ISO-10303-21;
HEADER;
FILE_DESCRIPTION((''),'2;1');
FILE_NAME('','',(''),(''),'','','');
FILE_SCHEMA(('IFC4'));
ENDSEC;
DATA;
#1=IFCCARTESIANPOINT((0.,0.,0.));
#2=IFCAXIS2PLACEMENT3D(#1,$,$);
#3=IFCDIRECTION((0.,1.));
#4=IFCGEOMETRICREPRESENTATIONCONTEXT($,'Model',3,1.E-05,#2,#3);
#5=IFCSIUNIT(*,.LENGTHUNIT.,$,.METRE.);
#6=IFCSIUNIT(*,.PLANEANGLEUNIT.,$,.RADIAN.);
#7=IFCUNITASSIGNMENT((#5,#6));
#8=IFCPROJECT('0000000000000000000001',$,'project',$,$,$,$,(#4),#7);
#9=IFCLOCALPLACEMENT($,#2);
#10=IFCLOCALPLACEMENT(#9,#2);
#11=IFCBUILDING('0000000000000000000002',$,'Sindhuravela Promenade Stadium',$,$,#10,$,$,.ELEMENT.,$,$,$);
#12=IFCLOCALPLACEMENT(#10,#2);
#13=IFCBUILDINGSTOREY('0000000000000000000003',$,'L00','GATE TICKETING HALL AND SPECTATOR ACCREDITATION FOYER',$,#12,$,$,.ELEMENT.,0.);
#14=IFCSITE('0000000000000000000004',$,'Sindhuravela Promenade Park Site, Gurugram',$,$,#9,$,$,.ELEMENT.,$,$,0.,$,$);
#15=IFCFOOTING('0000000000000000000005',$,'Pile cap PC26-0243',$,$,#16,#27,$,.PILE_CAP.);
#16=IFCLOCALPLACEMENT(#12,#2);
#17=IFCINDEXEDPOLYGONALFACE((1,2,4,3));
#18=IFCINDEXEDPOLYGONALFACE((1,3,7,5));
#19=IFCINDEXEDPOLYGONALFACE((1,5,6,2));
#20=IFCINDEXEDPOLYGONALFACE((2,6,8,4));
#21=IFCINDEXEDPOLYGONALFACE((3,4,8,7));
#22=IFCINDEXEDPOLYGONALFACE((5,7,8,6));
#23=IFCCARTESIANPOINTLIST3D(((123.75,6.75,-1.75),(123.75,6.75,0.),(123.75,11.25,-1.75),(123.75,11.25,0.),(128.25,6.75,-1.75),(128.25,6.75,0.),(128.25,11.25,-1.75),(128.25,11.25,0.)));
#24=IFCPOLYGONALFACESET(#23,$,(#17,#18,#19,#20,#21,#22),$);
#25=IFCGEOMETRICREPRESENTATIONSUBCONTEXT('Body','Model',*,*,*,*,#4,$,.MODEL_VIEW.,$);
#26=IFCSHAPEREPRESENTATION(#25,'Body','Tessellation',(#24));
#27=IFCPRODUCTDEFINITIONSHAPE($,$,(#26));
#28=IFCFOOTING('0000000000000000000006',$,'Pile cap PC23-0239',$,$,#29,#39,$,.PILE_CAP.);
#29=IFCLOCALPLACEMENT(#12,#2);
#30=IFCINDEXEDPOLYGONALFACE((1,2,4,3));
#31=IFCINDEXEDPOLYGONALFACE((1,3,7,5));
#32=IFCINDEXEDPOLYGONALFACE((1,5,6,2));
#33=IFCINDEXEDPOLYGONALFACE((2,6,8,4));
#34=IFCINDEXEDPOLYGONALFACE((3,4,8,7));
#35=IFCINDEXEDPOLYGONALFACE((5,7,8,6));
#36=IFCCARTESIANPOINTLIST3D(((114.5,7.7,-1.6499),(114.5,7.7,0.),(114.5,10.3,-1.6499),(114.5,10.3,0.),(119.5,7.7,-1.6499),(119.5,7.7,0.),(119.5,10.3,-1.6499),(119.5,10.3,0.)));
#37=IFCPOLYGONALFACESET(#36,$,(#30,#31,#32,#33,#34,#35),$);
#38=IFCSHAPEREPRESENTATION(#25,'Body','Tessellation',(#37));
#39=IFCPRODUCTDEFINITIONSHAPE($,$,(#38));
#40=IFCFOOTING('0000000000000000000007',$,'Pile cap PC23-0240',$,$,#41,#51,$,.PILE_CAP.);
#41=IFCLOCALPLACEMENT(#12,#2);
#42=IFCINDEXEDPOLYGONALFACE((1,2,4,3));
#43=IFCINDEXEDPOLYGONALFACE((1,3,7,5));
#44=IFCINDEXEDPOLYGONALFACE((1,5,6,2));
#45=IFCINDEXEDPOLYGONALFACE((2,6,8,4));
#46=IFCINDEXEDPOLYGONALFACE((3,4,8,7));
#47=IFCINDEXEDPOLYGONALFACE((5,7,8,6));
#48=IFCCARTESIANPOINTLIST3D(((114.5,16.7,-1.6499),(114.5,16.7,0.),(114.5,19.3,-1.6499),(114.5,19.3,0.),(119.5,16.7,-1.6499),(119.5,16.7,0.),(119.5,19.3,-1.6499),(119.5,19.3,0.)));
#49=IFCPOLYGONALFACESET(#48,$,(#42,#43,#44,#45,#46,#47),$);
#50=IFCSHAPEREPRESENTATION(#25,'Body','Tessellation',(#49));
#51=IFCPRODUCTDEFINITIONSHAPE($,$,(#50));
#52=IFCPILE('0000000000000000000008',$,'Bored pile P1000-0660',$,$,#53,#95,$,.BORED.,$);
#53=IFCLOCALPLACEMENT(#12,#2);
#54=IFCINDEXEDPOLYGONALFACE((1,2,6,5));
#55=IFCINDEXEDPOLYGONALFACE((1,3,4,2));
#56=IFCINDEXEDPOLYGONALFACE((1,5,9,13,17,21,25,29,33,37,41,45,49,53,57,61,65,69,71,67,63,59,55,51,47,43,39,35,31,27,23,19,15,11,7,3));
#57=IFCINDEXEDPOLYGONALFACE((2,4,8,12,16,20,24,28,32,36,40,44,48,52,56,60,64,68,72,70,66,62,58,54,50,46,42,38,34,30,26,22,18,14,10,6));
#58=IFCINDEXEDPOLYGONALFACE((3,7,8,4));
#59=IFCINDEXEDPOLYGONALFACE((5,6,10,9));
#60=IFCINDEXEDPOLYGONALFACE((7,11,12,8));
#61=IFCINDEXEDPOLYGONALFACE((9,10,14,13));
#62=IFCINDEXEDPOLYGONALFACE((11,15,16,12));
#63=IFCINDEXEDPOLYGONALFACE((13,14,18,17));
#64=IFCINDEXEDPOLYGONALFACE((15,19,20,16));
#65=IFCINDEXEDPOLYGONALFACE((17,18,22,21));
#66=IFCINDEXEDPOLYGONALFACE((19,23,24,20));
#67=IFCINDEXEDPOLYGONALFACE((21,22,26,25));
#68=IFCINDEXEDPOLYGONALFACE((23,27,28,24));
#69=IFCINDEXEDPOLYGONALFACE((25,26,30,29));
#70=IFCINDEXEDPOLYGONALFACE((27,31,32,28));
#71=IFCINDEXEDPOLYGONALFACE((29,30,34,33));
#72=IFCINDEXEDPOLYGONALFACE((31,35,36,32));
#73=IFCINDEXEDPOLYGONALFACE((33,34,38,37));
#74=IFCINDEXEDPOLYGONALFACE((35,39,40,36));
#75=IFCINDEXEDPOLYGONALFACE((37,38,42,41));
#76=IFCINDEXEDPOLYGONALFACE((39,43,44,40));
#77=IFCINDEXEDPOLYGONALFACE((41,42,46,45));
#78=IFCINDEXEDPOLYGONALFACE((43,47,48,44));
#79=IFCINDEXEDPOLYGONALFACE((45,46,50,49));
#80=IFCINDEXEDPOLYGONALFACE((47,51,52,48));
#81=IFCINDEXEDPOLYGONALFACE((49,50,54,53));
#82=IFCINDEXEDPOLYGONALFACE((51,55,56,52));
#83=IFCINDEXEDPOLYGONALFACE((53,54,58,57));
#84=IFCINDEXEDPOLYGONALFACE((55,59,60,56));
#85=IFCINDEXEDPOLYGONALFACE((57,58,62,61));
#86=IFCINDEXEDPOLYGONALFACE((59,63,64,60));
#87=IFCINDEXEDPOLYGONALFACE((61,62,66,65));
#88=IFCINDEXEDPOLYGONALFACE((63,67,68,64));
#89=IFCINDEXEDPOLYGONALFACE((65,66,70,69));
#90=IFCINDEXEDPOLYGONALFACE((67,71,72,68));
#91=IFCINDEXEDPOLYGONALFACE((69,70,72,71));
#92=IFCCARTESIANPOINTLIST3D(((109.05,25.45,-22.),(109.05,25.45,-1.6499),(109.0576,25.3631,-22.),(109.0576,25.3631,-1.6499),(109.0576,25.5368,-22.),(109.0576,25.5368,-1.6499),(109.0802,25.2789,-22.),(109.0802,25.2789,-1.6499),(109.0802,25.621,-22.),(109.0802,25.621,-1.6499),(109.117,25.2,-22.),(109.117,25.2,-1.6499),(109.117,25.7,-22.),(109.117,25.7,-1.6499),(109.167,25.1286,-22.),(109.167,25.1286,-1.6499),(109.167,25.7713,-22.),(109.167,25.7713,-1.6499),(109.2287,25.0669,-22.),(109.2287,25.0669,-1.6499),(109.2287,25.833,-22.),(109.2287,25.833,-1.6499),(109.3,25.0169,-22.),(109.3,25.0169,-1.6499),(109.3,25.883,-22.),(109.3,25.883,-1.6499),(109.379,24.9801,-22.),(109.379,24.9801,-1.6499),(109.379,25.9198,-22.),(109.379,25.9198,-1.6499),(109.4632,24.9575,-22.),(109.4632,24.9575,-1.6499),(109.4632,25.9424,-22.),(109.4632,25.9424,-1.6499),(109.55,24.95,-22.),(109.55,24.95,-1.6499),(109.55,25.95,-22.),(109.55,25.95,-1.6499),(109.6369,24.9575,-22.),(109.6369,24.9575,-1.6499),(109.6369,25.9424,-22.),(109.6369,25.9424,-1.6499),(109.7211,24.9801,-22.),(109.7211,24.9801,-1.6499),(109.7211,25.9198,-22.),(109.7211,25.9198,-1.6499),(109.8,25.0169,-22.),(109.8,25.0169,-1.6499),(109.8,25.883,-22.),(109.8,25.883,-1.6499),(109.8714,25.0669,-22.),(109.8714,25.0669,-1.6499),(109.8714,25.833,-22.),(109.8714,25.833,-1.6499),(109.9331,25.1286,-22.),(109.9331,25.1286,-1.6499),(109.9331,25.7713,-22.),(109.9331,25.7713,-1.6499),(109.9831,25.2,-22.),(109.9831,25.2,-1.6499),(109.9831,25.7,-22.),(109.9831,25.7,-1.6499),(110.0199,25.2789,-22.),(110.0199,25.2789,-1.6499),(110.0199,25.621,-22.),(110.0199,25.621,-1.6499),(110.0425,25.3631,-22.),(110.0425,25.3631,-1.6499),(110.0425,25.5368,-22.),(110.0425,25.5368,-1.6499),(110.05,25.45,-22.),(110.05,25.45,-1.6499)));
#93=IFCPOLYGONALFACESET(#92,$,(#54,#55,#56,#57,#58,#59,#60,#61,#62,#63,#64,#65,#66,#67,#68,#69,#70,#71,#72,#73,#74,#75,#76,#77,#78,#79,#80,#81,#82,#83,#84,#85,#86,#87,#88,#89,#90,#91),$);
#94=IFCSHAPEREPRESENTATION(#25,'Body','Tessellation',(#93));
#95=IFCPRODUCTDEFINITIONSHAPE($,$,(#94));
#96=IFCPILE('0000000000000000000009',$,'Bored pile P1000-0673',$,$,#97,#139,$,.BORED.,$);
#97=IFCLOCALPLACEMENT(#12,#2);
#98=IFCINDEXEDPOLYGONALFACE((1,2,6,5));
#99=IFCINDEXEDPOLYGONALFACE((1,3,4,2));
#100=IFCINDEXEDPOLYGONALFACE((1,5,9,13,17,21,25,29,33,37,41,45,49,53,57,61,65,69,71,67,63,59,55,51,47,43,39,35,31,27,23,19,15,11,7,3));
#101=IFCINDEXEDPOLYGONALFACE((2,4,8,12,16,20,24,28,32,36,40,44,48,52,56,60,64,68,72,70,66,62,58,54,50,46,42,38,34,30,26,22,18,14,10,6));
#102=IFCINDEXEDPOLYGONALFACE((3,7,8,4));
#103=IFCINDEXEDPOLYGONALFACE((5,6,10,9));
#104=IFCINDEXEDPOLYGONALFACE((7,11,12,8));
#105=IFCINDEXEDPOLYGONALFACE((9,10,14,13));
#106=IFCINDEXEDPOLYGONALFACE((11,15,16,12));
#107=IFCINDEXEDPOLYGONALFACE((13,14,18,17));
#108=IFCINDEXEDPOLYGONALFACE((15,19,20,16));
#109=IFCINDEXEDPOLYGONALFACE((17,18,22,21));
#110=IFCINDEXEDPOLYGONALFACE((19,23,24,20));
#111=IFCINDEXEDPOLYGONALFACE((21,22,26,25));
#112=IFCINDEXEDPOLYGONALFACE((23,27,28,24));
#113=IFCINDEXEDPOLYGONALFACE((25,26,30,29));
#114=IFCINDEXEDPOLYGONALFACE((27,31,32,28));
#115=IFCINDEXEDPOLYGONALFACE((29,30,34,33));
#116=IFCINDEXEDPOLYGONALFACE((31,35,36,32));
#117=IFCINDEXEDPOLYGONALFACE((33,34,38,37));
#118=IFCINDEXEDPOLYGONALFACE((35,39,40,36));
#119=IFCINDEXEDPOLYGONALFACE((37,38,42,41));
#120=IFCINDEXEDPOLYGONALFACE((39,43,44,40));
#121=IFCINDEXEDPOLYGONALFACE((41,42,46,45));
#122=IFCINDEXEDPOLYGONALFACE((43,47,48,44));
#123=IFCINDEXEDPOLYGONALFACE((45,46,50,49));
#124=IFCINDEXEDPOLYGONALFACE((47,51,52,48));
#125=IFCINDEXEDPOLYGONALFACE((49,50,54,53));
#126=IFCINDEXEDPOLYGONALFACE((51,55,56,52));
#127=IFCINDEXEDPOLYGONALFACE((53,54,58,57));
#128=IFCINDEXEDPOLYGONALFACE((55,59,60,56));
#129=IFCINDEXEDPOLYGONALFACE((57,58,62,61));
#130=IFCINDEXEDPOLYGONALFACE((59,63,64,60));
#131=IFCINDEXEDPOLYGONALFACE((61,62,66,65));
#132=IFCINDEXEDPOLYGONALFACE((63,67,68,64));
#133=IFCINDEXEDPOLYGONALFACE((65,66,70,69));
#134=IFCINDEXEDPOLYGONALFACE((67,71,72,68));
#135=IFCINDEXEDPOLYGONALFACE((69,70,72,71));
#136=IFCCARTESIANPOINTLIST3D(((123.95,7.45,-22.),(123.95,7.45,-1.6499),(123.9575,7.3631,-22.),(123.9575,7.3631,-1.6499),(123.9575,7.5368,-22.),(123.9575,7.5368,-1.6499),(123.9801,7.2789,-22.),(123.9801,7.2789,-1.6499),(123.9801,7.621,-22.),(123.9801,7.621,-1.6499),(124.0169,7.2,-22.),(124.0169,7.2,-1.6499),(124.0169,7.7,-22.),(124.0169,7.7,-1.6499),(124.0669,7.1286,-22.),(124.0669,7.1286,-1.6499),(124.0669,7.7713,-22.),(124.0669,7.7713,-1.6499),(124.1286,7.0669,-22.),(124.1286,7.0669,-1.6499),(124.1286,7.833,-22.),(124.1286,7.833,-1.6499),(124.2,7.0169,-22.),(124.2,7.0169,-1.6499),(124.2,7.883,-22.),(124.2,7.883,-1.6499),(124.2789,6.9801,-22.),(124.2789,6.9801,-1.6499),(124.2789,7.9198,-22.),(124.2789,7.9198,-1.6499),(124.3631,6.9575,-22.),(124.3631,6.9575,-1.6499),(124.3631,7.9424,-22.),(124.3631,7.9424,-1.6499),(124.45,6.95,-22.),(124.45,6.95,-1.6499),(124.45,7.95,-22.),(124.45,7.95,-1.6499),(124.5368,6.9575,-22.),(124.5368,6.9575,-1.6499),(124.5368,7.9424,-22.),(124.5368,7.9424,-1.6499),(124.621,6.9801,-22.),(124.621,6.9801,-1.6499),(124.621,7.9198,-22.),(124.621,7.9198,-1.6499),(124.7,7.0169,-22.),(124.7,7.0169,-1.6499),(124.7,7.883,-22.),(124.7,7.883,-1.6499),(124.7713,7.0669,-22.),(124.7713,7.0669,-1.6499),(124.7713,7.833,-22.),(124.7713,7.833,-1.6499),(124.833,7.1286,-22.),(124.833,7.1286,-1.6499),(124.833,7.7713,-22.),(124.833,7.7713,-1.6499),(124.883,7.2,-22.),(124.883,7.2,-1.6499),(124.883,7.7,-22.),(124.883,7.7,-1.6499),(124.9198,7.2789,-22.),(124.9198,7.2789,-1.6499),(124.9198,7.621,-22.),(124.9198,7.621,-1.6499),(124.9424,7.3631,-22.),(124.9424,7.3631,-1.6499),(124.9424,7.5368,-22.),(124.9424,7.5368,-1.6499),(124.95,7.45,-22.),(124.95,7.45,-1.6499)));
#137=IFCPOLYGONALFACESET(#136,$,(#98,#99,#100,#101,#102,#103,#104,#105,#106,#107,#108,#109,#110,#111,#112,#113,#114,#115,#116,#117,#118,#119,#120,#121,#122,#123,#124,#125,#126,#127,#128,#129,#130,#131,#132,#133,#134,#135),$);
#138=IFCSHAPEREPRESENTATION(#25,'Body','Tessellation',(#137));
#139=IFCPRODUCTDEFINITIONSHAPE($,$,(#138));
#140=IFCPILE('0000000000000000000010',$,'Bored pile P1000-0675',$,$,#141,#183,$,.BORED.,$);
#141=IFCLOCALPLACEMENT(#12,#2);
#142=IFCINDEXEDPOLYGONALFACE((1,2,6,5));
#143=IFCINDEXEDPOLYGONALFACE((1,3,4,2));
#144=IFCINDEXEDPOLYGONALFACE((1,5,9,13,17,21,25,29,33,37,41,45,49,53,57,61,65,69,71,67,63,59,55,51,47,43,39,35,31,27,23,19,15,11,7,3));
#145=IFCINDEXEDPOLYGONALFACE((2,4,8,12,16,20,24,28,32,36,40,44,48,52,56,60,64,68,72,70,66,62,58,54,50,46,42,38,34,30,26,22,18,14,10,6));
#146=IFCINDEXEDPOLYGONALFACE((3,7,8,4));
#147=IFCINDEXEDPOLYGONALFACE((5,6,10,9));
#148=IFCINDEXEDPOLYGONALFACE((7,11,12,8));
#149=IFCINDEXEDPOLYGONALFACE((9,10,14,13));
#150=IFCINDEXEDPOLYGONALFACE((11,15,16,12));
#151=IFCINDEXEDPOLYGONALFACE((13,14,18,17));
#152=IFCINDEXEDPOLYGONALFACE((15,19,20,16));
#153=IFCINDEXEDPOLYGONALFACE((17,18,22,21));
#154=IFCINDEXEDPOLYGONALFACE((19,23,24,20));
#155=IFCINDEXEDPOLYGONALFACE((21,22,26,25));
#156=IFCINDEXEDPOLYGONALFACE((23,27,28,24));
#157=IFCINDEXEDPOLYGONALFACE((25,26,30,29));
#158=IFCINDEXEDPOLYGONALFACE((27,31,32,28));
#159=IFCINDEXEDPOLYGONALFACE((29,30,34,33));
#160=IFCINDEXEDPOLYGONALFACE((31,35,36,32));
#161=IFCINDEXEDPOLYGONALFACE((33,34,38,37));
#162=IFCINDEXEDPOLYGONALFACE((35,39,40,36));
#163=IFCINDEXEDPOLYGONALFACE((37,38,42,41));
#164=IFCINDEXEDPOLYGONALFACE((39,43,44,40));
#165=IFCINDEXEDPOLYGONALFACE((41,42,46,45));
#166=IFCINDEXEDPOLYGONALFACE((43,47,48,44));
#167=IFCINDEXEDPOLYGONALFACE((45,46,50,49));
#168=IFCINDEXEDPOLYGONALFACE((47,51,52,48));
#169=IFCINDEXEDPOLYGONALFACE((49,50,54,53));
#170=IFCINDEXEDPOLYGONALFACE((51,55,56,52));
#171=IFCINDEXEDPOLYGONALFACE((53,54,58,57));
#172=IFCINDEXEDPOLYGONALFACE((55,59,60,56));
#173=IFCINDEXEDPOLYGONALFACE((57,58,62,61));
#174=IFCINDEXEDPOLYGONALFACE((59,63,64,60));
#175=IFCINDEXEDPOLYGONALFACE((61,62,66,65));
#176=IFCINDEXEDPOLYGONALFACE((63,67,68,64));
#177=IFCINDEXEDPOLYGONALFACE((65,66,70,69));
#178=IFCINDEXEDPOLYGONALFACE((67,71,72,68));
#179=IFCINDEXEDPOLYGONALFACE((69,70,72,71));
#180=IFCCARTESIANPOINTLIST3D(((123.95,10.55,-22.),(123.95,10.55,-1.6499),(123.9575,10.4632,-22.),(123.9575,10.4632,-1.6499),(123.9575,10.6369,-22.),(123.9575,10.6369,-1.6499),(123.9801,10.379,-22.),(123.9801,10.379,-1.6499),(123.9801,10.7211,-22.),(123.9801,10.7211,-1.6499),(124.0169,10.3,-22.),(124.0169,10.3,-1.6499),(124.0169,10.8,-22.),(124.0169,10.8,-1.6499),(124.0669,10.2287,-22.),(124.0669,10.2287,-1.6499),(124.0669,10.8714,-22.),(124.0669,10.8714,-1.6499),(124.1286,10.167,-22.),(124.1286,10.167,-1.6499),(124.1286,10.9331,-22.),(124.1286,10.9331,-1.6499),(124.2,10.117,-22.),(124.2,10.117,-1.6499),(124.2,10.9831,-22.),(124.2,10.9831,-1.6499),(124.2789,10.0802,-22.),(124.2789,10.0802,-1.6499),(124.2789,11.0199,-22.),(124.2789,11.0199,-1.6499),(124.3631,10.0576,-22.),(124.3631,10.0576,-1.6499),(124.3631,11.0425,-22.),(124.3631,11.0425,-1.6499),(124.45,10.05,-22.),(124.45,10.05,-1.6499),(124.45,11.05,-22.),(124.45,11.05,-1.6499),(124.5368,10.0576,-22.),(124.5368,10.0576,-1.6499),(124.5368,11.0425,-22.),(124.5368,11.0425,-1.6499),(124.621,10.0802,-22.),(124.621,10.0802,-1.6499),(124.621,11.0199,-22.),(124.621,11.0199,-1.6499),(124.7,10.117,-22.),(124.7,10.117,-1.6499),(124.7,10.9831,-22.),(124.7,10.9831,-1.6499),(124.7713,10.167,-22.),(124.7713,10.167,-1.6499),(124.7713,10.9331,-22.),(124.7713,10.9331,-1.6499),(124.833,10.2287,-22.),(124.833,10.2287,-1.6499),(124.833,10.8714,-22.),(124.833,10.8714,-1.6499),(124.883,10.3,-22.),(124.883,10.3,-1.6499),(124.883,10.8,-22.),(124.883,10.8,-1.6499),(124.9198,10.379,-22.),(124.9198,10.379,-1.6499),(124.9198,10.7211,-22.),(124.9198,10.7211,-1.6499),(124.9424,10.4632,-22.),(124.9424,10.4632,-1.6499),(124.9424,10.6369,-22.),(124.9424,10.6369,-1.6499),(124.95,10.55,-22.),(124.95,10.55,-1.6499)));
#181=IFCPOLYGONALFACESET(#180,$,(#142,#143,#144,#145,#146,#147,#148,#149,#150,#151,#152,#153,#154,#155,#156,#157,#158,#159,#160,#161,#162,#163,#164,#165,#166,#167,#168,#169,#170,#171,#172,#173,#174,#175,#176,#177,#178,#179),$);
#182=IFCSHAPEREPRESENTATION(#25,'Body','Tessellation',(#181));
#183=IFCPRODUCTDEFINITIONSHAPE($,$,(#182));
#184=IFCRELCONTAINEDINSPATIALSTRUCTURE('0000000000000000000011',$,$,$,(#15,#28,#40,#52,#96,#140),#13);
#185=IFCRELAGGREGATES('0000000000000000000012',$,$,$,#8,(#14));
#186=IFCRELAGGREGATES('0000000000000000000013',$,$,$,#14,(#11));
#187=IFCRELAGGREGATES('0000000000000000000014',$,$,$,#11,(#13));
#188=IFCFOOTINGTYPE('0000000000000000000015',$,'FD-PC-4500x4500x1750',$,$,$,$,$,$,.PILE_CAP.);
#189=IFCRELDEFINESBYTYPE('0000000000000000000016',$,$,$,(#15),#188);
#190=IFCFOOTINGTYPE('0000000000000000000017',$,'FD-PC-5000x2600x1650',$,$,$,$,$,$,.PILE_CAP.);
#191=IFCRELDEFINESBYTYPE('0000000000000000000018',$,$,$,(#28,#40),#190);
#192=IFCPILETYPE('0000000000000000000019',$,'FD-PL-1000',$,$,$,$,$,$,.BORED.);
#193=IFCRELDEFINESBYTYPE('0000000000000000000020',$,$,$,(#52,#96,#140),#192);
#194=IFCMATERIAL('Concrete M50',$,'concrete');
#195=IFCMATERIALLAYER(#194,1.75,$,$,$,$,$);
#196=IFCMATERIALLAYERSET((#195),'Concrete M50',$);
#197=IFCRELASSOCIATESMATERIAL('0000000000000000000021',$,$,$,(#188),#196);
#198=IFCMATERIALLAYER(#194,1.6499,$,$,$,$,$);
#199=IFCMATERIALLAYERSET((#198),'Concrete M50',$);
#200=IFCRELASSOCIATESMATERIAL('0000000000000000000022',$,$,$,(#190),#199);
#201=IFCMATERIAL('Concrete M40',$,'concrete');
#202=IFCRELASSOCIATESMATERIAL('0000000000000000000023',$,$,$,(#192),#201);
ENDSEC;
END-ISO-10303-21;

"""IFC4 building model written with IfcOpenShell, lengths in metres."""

from ifc_helpers import new_model, si_unit, direction, frame, origin, origin_2d, place, context, subcontext, project, spatial, rectangle, circle, extrude, material, layer, layer_set, material_profile, profile_set, type_object, element, save


model = new_model("IFC4")

# Units and contexts
model_context = context("Model", 3, precision=1e-05, world=origin(), true_north=direction((0.0, 1.0)))
body_context = subcontext(model_context, "Body", "Model", "MODEL_VIEW")
ifc_project = project(units=[si_unit("LENGTHUNIT", "METRE"), si_unit("PLANEANGLEUNIT", "RADIAN")], contexts=[model_context])

# Site, building, storey
site_placement = place(None, origin())
site = spatial("IfcSite", under=ifc_project, at=site_placement, Name="Sindhuravela Promenade Park Site, Gurugram", CompositionType="ELEMENT", RefElevation=0.0)
building_placement = place(site_placement, origin())
building = spatial("IfcBuilding", under=site, at=building_placement, Name="Sindhuravela Promenade Stadium", CompositionType="ELEMENT")
storey_placement = place(building_placement, origin())
storey = spatial("IfcBuildingStorey", under=building, at=storey_placement, Name="L00", Description="GATE TICKETING HALL AND SPECTATOR ACCREDITATION FOYER", CompositionType="ELEMENT", Elevation=0.0)

# Footings
ifc_material_1 = material(Name="Concrete M50", Category="concrete")
ifc_layer_1 = layer(ifc_material_1, 1.75)
ifc_layer_set_1 = layer_set([ifc_layer_1], Name="Concrete M50")
footing_type_1 = type_object("IfcFootingType", Name="FD-PC-4500x4500x1750", PredefinedType="PILE_CAP", material=ifc_layer_set_1)
footing_placement = place(storey_placement, frame((126.0, 9.0, -1.75), z_axis=(0.0, 0.0, 1.0), x_axis=(1.0, 0.0, 0.0)))
element("IfcFooting", 1, at=footing_placement, inside=storey, type_object=footing_type_1, Name="Pile cap PC26-0243", PredefinedType="PILE_CAP", context=body_context, shape_type="SweptSolid", body=[
    extrude(rectangle(XDim=4.5, YDim=4.5, at=origin_2d()), origin(), (0.0, 0.0, 1.0), 1.75),
])
ifc_layer_2 = layer(ifc_material_1, 1.6499)
ifc_layer_set_2 = layer_set([ifc_layer_2], Name="Concrete M50")
footing_type_2 = type_object("IfcFootingType", Name="FD-PC-5000x2600x1650", PredefinedType="PILE_CAP", material=ifc_layer_set_2)
for number, where, z_axis, x_axis, name in (
    (2, (117.0, 9.0, -1.6499), (0.0, 0.0, 1.0), (1.0, 0.0, 0.0), "Pile cap PC23-0239"),
    (3, (117.0, 18.0, -1.6499), (0.0, 0.0, 1.0), (1.0, 0.0, 0.0), "Pile cap PC23-0240"),
):
    element("IfcFooting", number, at=place(storey_placement, frame(where, z_axis=z_axis, x_axis=x_axis)), inside=storey, type_object=footing_type_2, Name=name, PredefinedType="PILE_CAP", context=body_context, shape_type="SweptSolid", body=[
        extrude(rectangle(XDim=5.0, YDim=2.6001, at=origin_2d()), origin(), (0.0, 0.0, 1.0), 1.6499),
    ])

# Piles
ifc_material_2 = material(Name="Concrete M40", Category="concrete")
ifc_material_profile_1 = material_profile(ifc_material_2, circle(Radius=0.5, at=origin_2d()), Name="BORED PILE D1000")
ifc_profile_set_1 = profile_set([ifc_material_profile_1], Name="Concrete M40")
pile_type_1 = type_object("IfcPileType", Name="FD-PL-1000", PredefinedType="BORED", material=ifc_profile_set_1)
for number, where, z_axis, x_axis, name in (
    (4, (109.55, 25.45, -1.6499), (0.0, 0.0, -1.0), (1.0, 0.0, 0.0), "Bored pile P1000-0660"),
    (5, (124.45, 7.45, -1.6499), (0.0, 0.0, -1.0), (1.0, 0.0, 0.0), "Bored pile P1000-0673"),
    (6, (124.45, 10.55, -1.6499), (0.0, 0.0, -1.0), (1.0, 0.0, 0.0), "Bored pile P1000-0675"),
):
    element("IfcPile", number, at=place(storey_placement, frame(where, z_axis=z_axis, x_axis=x_axis)), inside=storey, type_object=pile_type_1, Name=name, PredefinedType="BORED", context=body_context, shape_type="SweptSolid", body=[
        extrude(circle(Radius=0.5, at=origin_2d()), origin(), (0.0, 0.0, 1.0), 20.3501),
    ])

save(model, "model.ifc")
